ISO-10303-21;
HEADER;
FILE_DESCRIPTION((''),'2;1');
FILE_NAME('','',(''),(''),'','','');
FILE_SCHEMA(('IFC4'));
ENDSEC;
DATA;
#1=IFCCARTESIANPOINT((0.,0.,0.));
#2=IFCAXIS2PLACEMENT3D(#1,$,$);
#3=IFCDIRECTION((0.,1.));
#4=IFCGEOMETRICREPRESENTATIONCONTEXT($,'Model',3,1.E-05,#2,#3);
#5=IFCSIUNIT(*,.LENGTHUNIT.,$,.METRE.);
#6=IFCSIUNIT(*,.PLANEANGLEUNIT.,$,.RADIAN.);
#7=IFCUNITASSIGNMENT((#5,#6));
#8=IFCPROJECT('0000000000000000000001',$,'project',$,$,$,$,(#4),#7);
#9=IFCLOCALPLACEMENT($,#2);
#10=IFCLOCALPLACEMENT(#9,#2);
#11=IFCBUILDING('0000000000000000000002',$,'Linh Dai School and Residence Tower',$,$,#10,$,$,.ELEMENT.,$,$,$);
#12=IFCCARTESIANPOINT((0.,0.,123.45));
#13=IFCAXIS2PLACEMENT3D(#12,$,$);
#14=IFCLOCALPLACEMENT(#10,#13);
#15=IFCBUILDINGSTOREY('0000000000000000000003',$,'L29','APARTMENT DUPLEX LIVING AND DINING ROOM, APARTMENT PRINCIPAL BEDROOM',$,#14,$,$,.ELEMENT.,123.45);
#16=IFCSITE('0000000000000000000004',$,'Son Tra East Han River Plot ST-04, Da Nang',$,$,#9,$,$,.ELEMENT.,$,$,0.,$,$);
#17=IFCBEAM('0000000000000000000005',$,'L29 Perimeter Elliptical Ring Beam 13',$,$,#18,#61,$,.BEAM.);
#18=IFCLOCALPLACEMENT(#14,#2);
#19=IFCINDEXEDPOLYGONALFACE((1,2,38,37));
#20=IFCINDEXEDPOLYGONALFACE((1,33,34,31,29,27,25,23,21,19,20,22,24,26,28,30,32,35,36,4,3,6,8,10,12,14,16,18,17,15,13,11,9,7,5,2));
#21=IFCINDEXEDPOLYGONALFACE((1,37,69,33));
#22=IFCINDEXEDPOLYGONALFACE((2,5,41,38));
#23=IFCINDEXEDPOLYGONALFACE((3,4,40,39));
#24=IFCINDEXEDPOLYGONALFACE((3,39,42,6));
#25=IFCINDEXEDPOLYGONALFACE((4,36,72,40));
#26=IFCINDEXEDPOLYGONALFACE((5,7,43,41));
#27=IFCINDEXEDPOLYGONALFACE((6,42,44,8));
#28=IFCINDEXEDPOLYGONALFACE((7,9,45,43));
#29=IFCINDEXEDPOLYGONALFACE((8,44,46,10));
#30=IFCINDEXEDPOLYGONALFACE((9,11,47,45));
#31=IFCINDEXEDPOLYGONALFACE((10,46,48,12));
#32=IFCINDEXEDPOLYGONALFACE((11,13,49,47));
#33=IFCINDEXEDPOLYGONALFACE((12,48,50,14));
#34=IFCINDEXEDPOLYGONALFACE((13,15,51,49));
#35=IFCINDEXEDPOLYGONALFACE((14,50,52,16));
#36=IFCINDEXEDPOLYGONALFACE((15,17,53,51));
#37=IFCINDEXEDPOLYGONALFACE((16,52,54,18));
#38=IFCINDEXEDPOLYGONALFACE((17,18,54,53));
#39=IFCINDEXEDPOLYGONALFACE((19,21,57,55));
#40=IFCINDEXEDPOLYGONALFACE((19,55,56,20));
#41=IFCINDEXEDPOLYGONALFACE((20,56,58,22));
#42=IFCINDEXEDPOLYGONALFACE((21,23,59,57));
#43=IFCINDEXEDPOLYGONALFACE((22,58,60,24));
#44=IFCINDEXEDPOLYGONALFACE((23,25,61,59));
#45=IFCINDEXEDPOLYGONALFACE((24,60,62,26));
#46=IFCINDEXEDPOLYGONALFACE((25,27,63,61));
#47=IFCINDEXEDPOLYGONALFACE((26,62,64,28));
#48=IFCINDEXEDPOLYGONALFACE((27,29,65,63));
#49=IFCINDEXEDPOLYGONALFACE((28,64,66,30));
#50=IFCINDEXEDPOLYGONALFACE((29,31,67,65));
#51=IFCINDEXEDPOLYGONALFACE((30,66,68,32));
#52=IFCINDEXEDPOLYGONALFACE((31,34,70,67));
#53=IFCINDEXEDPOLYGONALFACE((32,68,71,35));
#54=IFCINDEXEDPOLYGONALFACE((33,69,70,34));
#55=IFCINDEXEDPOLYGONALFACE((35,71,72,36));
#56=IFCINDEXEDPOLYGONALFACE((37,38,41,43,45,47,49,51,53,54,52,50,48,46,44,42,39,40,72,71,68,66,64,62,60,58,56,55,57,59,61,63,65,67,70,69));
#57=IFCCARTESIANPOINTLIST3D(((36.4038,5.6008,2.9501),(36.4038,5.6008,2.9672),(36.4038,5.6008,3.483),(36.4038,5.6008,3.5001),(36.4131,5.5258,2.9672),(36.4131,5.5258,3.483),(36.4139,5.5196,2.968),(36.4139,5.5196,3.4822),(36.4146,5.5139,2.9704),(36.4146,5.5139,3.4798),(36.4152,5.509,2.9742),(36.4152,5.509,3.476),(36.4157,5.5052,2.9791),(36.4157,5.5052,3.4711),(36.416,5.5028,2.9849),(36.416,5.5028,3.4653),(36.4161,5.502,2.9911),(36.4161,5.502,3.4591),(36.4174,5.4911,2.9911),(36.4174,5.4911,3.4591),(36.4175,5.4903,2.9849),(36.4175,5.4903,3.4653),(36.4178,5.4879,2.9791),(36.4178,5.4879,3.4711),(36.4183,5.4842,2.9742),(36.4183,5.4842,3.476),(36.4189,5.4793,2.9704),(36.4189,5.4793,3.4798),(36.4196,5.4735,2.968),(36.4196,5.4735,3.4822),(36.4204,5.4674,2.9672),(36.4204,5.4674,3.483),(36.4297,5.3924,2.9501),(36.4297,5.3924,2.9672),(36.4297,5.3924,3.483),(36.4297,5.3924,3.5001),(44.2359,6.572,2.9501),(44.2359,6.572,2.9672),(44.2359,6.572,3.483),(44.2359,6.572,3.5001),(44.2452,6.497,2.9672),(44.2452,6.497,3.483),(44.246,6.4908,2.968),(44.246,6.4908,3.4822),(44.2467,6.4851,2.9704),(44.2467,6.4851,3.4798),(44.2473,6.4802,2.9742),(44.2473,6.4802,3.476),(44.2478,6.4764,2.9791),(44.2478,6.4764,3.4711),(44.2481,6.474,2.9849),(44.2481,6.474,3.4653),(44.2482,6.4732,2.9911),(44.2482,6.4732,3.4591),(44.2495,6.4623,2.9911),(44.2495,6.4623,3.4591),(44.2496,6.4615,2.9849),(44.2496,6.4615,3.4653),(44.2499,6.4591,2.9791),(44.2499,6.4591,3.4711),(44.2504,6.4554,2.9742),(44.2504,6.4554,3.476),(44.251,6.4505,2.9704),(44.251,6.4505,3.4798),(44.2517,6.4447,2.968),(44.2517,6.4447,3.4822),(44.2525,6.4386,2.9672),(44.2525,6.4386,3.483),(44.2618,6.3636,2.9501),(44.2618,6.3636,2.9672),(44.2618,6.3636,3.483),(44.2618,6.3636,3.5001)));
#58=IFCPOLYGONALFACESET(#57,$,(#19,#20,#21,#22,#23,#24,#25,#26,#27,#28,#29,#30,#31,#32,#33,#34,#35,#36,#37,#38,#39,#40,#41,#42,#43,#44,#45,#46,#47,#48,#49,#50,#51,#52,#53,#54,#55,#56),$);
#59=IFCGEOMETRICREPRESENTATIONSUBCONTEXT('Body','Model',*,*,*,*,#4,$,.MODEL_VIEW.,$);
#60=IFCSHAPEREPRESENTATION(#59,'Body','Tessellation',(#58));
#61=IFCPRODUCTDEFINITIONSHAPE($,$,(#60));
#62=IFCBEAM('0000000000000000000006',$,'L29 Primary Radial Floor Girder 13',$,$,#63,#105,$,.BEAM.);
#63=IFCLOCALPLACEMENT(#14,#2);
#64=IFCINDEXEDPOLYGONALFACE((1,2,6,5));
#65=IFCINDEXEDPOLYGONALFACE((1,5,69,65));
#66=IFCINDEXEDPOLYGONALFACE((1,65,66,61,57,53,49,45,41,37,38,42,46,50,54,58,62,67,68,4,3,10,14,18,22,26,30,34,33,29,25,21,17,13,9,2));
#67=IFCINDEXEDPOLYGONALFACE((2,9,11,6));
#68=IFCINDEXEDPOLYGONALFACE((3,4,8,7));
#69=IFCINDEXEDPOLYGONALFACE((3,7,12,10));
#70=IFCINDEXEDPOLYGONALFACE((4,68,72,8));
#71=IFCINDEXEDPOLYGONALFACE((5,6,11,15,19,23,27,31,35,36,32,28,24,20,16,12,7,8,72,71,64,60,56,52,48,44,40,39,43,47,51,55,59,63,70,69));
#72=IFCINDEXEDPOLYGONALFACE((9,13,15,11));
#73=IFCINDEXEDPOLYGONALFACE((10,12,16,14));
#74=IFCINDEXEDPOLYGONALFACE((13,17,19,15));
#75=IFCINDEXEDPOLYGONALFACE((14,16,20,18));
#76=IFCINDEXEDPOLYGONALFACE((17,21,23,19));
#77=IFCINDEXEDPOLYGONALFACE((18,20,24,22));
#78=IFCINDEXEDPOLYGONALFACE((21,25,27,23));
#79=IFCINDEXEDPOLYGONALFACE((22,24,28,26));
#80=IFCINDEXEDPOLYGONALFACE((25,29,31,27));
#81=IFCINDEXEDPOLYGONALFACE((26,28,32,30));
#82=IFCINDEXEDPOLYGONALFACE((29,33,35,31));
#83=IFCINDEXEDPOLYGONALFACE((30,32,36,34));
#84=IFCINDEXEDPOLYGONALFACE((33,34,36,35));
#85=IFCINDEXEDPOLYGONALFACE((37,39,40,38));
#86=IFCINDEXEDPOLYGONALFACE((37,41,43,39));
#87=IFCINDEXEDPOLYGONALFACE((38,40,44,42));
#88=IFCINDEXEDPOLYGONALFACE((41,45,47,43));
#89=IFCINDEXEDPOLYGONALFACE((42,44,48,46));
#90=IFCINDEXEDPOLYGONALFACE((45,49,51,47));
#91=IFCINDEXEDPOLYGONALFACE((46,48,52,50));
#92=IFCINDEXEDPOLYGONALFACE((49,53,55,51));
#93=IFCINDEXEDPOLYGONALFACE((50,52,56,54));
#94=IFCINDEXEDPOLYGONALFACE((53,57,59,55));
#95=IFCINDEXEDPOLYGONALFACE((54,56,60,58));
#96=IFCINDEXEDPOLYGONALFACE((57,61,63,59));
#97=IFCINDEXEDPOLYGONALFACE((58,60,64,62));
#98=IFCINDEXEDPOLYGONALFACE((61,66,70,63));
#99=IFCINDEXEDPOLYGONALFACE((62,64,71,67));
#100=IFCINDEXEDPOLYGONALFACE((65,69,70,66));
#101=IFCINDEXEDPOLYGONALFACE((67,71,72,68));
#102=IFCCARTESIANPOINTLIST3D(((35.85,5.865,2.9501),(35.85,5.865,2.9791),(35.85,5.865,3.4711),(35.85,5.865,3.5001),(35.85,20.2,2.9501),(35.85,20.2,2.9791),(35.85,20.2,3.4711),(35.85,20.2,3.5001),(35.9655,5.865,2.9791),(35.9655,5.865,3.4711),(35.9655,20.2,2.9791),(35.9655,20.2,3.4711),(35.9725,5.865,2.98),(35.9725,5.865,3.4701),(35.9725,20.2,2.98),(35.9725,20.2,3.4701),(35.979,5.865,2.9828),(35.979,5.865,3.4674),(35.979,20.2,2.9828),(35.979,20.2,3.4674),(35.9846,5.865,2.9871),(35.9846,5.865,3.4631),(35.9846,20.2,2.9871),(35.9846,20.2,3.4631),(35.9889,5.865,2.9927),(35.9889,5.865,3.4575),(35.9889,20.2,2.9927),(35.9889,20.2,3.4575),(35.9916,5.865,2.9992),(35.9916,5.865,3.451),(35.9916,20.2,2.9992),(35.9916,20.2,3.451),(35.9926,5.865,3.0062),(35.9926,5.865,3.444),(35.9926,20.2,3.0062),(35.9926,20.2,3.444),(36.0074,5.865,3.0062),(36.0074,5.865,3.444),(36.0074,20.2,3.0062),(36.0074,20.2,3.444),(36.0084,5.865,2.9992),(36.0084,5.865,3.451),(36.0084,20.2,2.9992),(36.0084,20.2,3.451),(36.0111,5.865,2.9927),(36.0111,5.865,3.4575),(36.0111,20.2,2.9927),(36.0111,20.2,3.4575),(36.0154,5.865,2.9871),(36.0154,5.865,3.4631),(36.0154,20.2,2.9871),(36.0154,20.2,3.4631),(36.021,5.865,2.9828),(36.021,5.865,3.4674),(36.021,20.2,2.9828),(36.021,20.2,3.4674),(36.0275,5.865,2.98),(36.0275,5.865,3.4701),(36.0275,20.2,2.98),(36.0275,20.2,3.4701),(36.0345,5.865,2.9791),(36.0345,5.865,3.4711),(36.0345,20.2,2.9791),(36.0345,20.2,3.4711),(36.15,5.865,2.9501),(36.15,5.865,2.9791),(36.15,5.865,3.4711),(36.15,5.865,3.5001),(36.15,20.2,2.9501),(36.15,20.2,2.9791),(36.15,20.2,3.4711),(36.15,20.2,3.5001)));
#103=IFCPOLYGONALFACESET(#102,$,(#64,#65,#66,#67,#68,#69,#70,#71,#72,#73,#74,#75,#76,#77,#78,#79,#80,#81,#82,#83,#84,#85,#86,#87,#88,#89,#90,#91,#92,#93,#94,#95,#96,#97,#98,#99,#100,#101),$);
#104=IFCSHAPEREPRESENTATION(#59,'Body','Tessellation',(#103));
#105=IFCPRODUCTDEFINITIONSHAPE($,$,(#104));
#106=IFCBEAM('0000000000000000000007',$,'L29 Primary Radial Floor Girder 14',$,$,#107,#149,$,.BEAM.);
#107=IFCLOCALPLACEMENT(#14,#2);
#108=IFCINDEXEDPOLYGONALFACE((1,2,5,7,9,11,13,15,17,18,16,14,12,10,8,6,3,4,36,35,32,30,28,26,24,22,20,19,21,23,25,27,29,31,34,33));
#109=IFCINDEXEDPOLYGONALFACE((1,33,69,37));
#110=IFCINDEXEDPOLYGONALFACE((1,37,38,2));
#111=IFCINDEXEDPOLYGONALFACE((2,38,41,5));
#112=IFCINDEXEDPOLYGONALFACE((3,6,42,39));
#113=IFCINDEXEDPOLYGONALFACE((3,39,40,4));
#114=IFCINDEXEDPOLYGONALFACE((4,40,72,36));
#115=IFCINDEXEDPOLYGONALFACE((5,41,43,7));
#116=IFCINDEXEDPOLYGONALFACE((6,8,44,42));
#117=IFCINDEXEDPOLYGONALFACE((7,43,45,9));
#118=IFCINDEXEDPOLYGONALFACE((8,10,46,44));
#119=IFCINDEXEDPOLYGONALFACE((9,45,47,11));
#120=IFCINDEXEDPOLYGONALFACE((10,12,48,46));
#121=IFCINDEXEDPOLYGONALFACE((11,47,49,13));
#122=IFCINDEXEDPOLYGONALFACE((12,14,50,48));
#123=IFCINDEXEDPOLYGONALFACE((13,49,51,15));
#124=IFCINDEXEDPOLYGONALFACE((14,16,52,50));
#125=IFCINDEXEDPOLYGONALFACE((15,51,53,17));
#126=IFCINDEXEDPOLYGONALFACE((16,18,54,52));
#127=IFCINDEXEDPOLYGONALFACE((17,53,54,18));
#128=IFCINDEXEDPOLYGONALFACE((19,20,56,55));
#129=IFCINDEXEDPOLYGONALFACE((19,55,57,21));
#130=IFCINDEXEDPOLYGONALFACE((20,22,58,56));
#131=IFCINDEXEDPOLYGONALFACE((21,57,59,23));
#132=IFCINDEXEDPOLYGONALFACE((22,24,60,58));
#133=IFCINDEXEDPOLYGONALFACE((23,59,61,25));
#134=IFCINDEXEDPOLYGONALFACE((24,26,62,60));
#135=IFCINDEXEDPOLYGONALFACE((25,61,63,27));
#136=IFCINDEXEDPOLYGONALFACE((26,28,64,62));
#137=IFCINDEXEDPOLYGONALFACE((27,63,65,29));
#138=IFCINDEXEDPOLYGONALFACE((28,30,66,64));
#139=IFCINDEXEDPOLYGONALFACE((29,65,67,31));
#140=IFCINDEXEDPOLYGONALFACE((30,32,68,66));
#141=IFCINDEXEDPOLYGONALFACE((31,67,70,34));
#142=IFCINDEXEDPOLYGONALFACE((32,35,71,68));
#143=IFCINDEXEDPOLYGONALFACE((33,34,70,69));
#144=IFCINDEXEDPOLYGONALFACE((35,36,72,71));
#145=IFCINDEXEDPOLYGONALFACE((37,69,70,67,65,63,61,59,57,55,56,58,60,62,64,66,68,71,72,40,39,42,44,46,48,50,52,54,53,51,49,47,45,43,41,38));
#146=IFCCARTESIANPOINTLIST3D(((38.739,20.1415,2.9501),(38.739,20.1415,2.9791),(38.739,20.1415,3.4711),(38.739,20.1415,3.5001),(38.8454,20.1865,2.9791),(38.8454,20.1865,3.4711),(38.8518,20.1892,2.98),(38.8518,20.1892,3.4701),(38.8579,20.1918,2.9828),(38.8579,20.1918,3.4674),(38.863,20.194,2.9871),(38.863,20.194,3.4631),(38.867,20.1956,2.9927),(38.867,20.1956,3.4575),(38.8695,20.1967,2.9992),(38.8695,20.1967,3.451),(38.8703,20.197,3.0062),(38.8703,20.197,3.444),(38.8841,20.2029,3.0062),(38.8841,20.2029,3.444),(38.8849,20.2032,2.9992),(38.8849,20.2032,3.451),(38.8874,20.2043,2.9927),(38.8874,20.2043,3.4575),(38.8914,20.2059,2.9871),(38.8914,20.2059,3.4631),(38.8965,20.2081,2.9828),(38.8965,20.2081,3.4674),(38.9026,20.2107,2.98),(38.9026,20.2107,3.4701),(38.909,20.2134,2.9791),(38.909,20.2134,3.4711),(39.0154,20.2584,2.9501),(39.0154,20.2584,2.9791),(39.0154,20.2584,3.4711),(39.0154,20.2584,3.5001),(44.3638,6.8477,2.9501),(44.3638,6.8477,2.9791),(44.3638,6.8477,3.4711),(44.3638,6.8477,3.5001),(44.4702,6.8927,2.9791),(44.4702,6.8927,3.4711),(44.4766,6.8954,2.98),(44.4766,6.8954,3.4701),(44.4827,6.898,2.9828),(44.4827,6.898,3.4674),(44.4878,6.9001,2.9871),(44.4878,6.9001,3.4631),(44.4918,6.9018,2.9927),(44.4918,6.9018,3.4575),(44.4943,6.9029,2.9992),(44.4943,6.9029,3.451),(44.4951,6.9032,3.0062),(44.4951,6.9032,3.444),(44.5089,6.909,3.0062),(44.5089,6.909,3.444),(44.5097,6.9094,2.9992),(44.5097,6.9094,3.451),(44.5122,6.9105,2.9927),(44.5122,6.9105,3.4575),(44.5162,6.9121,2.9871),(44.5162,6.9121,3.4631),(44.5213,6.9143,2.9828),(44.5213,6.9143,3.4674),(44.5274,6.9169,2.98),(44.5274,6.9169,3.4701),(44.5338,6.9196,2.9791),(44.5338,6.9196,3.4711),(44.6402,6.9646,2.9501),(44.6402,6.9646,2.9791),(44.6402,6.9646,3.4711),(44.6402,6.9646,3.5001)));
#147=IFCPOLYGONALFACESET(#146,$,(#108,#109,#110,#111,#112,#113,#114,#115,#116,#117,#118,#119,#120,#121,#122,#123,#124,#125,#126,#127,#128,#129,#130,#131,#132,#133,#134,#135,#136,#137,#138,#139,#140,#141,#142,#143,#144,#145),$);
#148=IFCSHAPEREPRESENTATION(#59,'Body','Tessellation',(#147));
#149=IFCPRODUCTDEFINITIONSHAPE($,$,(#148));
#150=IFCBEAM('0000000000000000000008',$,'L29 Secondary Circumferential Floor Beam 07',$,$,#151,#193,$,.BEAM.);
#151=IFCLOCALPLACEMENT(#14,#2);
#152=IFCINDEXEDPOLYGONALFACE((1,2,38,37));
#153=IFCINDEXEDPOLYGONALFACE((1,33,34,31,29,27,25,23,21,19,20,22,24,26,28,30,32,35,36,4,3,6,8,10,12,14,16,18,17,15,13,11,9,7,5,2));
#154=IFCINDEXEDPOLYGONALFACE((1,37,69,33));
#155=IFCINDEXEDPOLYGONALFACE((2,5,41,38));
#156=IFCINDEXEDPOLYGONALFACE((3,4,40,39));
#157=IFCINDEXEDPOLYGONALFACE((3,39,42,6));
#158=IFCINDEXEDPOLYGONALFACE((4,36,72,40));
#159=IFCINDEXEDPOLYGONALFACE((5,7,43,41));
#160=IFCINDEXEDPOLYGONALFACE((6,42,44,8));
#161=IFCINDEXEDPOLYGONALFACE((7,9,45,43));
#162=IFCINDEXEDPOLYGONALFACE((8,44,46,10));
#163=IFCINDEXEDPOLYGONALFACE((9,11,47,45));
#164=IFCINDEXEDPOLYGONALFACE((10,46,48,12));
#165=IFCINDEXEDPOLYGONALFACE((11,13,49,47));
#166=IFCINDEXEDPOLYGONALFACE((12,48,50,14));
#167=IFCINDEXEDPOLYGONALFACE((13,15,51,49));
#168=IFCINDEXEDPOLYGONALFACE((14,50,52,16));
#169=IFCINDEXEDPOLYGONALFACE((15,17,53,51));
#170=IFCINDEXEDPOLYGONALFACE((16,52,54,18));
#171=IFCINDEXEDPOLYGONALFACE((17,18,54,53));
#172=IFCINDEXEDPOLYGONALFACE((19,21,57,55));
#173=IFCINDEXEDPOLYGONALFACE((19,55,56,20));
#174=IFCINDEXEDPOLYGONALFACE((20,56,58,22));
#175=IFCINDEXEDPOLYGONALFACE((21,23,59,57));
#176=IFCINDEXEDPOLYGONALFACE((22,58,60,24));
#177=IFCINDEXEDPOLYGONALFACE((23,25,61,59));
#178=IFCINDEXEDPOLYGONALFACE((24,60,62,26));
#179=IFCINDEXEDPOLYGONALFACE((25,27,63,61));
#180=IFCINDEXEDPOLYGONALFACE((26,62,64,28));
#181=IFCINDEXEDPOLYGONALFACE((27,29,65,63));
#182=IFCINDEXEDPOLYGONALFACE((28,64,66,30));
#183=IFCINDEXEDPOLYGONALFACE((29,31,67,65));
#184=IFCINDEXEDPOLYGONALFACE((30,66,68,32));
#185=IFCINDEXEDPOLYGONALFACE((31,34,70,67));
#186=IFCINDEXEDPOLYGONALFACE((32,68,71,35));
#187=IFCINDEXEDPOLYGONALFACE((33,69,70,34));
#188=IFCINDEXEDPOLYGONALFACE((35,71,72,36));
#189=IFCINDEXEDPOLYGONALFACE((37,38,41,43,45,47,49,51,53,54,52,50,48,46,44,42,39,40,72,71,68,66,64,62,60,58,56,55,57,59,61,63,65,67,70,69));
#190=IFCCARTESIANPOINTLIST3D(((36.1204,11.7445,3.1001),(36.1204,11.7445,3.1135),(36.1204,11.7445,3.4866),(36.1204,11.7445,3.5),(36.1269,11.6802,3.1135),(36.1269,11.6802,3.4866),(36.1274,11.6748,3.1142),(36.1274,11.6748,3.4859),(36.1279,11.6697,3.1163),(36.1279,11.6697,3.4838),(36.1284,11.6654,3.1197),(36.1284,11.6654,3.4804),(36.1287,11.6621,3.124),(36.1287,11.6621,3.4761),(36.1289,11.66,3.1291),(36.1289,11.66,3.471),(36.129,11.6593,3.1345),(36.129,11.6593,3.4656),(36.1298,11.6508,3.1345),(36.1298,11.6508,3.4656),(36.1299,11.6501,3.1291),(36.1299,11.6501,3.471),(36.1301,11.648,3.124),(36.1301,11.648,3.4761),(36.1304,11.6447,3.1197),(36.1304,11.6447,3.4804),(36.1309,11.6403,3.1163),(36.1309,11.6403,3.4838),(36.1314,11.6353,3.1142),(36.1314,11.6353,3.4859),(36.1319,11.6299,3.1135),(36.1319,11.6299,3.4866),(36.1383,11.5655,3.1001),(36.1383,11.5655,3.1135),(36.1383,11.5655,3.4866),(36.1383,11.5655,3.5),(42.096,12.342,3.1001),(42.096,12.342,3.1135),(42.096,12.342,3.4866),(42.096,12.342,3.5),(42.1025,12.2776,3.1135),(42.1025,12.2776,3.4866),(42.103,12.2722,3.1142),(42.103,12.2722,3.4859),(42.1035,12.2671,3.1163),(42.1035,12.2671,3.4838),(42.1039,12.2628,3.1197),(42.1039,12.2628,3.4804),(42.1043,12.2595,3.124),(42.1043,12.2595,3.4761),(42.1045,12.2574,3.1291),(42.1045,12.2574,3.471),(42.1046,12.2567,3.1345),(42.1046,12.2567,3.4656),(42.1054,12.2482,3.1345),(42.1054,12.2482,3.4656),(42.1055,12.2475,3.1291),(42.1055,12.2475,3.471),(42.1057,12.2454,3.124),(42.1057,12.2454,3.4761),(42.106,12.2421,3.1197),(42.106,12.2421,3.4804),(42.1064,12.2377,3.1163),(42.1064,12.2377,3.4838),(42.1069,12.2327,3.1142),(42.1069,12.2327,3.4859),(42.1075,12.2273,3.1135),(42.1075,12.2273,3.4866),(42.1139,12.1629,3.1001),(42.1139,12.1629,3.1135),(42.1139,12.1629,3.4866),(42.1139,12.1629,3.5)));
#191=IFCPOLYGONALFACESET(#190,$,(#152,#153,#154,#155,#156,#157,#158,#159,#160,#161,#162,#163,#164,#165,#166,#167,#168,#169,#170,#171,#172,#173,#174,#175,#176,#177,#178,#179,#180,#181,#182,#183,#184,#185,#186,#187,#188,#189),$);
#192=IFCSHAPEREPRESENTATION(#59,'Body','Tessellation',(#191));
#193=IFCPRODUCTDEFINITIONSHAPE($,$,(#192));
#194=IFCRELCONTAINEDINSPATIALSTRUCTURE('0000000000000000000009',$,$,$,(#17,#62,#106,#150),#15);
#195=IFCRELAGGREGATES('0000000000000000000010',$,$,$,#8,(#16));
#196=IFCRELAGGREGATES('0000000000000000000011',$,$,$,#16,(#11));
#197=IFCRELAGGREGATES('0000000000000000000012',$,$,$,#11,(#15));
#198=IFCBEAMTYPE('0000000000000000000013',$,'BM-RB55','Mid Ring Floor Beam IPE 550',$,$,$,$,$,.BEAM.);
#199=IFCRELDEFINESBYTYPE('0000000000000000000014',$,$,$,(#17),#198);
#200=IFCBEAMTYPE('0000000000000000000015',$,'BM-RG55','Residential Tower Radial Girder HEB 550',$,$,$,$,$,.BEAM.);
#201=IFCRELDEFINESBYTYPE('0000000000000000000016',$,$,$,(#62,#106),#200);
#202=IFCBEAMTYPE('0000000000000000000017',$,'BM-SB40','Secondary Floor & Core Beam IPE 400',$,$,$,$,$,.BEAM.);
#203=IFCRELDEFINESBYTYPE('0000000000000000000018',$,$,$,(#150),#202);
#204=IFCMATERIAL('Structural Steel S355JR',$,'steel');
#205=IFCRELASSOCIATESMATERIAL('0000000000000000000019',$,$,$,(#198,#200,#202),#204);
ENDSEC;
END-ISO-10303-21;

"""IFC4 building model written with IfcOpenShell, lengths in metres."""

from ifc_helpers import new_model, si_unit, direction, frame, origin, origin_2d, place, context, subcontext, project, spatial, i_section, extrude, material, material_profile, profile_set, type_object, element, save


model = new_model("IFC4")

# Units and contexts
model_context = context("Model", 3, precision=1e-05, world=origin(), true_north=direction((0.0, 1.0)))
body_context = subcontext(model_context, "Body", "Model", "MODEL_VIEW")
ifc_project = project(units=[si_unit("LENGTHUNIT", "METRE"), si_unit("PLANEANGLEUNIT", "RADIAN")], contexts=[model_context])

# Site, building, storey
site_placement = place(None, origin())
site = spatial("IfcSite", under=ifc_project, at=site_placement, Name="Son Tra East Han River Plot ST-04, Da Nang", CompositionType="ELEMENT", RefElevation=0.0)
building_placement = place(site_placement, origin())
building = spatial("IfcBuilding", under=site, at=building_placement, Name="Linh Dai School and Residence Tower", CompositionType="ELEMENT")
storey_placement = place(building_placement, frame((0.0, 0.0, 123.45)))
storey = spatial("IfcBuildingStorey", under=building, at=storey_placement, Name="L29", Description="APARTMENT DUPLEX LIVING AND DINING ROOM, APARTMENT PRINCIPAL BEDROOM", CompositionType="ELEMENT", Elevation=123.45)

# Shared definitions
ifc_material_1 = material(Name="Structural Steel S355JR", Category="steel")

# Beams
ifc_material_profile_1 = material_profile(ifc_material_1, i_section(OverallWidth=0.21, OverallDepth=0.55, WebThickness=0.011, FlangeThickness=0.0171, FilletRadius=0.0239, at=origin_2d()), Name="IPE 550")
ifc_profile_set_1 = profile_set([ifc_material_profile_1], Name="Structural Steel S355JR")
beam_type_1 = type_object("IfcBeamType", Name="BM-RB55", Description="Mid Ring Floor Beam IPE 550", PredefinedType="BEAM", material=ifc_profile_set_1)
beam_1_placement = place(storey_placement, frame((36.4167, 5.4966, 3.2251), z_axis=(0.992399, 0.12306, 0.0), x_axis=(-0.12306, 0.992399, 0.0)))
element("IfcBeam", 1, at=beam_1_placement, inside=storey, type_object=beam_type_1, Name="L29 Perimeter Elliptical Ring Beam 13", PredefinedType="BEAM", context=body_context, shape_type="SweptSolid", body=[
    extrude(i_section(OverallWidth=0.21, OverallDepth=0.55, WebThickness=0.011, FlangeThickness=0.0171, FilletRadius=0.0239, at=origin_2d()), origin(), (0.0, 0.0, 1.0), 7.8921),
])
ifc_material_profile_2 = material_profile(ifc_material_1, i_section(OverallWidth=0.3, OverallDepth=0.55, WebThickness=0.0149, FlangeThickness=0.0291, FilletRadius=0.0271, at=origin_2d()), Name="HEB 550")
ifc_profile_set_2 = profile_set([ifc_material_profile_2], Name="Structural Steel S355JR")
beam_type_2 = type_object("IfcBeamType", Name="BM-RG55", Description="Residential Tower Radial Girder HEB 550", PredefinedType="BEAM", material=ifc_profile_set_2)
beam_2_placement = place(storey_placement, frame((36.0, 20.2, 3.2251), z_axis=(0.0, -1.0, 0.0), x_axis=(1.0, 0.0, 0.0)))
element("IfcBeam", 2, at=beam_2_placement, inside=storey, type_object=beam_type_2, Name="L29 Primary Radial Floor Girder 13", PredefinedType="BEAM", context=body_context, shape_type="SweptSolid", body=[
    extrude(i_section(OverallWidth=0.3, OverallDepth=0.55, WebThickness=0.0149, FlangeThickness=0.0291, FilletRadius=0.0271, at=origin_2d()), origin(), (0.0, 0.0, 1.0), 14.335),
])
beam_3_placement = place(storey_placement, frame((38.8772, 20.2, 3.2251), z_axis=(0.389669, -0.920955, 0.0), x_axis=(0.920955, 0.389669, 0.0)))
element("IfcBeam", 3, at=beam_3_placement, inside=storey, type_object=beam_type_2, Name="L29 Primary Radial Floor Girder 14", PredefinedType="BEAM", context=body_context, shape_type="SweptSolid", body=[
    extrude(i_section(OverallWidth=0.3, OverallDepth=0.55, WebThickness=0.0149, FlangeThickness=0.0291, FilletRadius=0.0271, at=origin_2d()), origin(), (0.0, 0.0, 1.0), 14.4348),
])
ifc_material_profile_3 = material_profile(ifc_material_1, i_section(OverallWidth=0.1799, OverallDepth=0.3999, WebThickness=0.0085, FlangeThickness=0.0134, FilletRadius=0.021, at=origin_2d()), Name="IPE 400")
ifc_profile_set_3 = profile_set([ifc_material_profile_3], Name="Structural Steel S355JR")
beam_type_3 = type_object("IfcBeamType", Name="BM-SB40", Description="Secondary Floor & Core Beam IPE 400", PredefinedType="BEAM", material=ifc_profile_set_3)
beam_4_placement = place(storey_placement, frame((36.1294, 11.655, 3.3), z_axis=(0.99504, 0.09948, 0.0), x_axis=(-0.09948, 0.99504, 0.0)))
element("IfcBeam", 4, at=beam_4_placement, inside=storey, type_object=beam_type_3, Name="L29 Secondary Circumferential Floor Beam 07", PredefinedType="BEAM", context=body_context, shape_type="SweptSolid", body=[
    extrude(i_section(OverallWidth=0.1799, OverallDepth=0.3999, WebThickness=0.0085, FlangeThickness=0.0134, FilletRadius=0.021, at=origin_2d()), origin(), (0.0, 0.0, 1.0), 6.0054),
])

save(model, "model.ifc")
